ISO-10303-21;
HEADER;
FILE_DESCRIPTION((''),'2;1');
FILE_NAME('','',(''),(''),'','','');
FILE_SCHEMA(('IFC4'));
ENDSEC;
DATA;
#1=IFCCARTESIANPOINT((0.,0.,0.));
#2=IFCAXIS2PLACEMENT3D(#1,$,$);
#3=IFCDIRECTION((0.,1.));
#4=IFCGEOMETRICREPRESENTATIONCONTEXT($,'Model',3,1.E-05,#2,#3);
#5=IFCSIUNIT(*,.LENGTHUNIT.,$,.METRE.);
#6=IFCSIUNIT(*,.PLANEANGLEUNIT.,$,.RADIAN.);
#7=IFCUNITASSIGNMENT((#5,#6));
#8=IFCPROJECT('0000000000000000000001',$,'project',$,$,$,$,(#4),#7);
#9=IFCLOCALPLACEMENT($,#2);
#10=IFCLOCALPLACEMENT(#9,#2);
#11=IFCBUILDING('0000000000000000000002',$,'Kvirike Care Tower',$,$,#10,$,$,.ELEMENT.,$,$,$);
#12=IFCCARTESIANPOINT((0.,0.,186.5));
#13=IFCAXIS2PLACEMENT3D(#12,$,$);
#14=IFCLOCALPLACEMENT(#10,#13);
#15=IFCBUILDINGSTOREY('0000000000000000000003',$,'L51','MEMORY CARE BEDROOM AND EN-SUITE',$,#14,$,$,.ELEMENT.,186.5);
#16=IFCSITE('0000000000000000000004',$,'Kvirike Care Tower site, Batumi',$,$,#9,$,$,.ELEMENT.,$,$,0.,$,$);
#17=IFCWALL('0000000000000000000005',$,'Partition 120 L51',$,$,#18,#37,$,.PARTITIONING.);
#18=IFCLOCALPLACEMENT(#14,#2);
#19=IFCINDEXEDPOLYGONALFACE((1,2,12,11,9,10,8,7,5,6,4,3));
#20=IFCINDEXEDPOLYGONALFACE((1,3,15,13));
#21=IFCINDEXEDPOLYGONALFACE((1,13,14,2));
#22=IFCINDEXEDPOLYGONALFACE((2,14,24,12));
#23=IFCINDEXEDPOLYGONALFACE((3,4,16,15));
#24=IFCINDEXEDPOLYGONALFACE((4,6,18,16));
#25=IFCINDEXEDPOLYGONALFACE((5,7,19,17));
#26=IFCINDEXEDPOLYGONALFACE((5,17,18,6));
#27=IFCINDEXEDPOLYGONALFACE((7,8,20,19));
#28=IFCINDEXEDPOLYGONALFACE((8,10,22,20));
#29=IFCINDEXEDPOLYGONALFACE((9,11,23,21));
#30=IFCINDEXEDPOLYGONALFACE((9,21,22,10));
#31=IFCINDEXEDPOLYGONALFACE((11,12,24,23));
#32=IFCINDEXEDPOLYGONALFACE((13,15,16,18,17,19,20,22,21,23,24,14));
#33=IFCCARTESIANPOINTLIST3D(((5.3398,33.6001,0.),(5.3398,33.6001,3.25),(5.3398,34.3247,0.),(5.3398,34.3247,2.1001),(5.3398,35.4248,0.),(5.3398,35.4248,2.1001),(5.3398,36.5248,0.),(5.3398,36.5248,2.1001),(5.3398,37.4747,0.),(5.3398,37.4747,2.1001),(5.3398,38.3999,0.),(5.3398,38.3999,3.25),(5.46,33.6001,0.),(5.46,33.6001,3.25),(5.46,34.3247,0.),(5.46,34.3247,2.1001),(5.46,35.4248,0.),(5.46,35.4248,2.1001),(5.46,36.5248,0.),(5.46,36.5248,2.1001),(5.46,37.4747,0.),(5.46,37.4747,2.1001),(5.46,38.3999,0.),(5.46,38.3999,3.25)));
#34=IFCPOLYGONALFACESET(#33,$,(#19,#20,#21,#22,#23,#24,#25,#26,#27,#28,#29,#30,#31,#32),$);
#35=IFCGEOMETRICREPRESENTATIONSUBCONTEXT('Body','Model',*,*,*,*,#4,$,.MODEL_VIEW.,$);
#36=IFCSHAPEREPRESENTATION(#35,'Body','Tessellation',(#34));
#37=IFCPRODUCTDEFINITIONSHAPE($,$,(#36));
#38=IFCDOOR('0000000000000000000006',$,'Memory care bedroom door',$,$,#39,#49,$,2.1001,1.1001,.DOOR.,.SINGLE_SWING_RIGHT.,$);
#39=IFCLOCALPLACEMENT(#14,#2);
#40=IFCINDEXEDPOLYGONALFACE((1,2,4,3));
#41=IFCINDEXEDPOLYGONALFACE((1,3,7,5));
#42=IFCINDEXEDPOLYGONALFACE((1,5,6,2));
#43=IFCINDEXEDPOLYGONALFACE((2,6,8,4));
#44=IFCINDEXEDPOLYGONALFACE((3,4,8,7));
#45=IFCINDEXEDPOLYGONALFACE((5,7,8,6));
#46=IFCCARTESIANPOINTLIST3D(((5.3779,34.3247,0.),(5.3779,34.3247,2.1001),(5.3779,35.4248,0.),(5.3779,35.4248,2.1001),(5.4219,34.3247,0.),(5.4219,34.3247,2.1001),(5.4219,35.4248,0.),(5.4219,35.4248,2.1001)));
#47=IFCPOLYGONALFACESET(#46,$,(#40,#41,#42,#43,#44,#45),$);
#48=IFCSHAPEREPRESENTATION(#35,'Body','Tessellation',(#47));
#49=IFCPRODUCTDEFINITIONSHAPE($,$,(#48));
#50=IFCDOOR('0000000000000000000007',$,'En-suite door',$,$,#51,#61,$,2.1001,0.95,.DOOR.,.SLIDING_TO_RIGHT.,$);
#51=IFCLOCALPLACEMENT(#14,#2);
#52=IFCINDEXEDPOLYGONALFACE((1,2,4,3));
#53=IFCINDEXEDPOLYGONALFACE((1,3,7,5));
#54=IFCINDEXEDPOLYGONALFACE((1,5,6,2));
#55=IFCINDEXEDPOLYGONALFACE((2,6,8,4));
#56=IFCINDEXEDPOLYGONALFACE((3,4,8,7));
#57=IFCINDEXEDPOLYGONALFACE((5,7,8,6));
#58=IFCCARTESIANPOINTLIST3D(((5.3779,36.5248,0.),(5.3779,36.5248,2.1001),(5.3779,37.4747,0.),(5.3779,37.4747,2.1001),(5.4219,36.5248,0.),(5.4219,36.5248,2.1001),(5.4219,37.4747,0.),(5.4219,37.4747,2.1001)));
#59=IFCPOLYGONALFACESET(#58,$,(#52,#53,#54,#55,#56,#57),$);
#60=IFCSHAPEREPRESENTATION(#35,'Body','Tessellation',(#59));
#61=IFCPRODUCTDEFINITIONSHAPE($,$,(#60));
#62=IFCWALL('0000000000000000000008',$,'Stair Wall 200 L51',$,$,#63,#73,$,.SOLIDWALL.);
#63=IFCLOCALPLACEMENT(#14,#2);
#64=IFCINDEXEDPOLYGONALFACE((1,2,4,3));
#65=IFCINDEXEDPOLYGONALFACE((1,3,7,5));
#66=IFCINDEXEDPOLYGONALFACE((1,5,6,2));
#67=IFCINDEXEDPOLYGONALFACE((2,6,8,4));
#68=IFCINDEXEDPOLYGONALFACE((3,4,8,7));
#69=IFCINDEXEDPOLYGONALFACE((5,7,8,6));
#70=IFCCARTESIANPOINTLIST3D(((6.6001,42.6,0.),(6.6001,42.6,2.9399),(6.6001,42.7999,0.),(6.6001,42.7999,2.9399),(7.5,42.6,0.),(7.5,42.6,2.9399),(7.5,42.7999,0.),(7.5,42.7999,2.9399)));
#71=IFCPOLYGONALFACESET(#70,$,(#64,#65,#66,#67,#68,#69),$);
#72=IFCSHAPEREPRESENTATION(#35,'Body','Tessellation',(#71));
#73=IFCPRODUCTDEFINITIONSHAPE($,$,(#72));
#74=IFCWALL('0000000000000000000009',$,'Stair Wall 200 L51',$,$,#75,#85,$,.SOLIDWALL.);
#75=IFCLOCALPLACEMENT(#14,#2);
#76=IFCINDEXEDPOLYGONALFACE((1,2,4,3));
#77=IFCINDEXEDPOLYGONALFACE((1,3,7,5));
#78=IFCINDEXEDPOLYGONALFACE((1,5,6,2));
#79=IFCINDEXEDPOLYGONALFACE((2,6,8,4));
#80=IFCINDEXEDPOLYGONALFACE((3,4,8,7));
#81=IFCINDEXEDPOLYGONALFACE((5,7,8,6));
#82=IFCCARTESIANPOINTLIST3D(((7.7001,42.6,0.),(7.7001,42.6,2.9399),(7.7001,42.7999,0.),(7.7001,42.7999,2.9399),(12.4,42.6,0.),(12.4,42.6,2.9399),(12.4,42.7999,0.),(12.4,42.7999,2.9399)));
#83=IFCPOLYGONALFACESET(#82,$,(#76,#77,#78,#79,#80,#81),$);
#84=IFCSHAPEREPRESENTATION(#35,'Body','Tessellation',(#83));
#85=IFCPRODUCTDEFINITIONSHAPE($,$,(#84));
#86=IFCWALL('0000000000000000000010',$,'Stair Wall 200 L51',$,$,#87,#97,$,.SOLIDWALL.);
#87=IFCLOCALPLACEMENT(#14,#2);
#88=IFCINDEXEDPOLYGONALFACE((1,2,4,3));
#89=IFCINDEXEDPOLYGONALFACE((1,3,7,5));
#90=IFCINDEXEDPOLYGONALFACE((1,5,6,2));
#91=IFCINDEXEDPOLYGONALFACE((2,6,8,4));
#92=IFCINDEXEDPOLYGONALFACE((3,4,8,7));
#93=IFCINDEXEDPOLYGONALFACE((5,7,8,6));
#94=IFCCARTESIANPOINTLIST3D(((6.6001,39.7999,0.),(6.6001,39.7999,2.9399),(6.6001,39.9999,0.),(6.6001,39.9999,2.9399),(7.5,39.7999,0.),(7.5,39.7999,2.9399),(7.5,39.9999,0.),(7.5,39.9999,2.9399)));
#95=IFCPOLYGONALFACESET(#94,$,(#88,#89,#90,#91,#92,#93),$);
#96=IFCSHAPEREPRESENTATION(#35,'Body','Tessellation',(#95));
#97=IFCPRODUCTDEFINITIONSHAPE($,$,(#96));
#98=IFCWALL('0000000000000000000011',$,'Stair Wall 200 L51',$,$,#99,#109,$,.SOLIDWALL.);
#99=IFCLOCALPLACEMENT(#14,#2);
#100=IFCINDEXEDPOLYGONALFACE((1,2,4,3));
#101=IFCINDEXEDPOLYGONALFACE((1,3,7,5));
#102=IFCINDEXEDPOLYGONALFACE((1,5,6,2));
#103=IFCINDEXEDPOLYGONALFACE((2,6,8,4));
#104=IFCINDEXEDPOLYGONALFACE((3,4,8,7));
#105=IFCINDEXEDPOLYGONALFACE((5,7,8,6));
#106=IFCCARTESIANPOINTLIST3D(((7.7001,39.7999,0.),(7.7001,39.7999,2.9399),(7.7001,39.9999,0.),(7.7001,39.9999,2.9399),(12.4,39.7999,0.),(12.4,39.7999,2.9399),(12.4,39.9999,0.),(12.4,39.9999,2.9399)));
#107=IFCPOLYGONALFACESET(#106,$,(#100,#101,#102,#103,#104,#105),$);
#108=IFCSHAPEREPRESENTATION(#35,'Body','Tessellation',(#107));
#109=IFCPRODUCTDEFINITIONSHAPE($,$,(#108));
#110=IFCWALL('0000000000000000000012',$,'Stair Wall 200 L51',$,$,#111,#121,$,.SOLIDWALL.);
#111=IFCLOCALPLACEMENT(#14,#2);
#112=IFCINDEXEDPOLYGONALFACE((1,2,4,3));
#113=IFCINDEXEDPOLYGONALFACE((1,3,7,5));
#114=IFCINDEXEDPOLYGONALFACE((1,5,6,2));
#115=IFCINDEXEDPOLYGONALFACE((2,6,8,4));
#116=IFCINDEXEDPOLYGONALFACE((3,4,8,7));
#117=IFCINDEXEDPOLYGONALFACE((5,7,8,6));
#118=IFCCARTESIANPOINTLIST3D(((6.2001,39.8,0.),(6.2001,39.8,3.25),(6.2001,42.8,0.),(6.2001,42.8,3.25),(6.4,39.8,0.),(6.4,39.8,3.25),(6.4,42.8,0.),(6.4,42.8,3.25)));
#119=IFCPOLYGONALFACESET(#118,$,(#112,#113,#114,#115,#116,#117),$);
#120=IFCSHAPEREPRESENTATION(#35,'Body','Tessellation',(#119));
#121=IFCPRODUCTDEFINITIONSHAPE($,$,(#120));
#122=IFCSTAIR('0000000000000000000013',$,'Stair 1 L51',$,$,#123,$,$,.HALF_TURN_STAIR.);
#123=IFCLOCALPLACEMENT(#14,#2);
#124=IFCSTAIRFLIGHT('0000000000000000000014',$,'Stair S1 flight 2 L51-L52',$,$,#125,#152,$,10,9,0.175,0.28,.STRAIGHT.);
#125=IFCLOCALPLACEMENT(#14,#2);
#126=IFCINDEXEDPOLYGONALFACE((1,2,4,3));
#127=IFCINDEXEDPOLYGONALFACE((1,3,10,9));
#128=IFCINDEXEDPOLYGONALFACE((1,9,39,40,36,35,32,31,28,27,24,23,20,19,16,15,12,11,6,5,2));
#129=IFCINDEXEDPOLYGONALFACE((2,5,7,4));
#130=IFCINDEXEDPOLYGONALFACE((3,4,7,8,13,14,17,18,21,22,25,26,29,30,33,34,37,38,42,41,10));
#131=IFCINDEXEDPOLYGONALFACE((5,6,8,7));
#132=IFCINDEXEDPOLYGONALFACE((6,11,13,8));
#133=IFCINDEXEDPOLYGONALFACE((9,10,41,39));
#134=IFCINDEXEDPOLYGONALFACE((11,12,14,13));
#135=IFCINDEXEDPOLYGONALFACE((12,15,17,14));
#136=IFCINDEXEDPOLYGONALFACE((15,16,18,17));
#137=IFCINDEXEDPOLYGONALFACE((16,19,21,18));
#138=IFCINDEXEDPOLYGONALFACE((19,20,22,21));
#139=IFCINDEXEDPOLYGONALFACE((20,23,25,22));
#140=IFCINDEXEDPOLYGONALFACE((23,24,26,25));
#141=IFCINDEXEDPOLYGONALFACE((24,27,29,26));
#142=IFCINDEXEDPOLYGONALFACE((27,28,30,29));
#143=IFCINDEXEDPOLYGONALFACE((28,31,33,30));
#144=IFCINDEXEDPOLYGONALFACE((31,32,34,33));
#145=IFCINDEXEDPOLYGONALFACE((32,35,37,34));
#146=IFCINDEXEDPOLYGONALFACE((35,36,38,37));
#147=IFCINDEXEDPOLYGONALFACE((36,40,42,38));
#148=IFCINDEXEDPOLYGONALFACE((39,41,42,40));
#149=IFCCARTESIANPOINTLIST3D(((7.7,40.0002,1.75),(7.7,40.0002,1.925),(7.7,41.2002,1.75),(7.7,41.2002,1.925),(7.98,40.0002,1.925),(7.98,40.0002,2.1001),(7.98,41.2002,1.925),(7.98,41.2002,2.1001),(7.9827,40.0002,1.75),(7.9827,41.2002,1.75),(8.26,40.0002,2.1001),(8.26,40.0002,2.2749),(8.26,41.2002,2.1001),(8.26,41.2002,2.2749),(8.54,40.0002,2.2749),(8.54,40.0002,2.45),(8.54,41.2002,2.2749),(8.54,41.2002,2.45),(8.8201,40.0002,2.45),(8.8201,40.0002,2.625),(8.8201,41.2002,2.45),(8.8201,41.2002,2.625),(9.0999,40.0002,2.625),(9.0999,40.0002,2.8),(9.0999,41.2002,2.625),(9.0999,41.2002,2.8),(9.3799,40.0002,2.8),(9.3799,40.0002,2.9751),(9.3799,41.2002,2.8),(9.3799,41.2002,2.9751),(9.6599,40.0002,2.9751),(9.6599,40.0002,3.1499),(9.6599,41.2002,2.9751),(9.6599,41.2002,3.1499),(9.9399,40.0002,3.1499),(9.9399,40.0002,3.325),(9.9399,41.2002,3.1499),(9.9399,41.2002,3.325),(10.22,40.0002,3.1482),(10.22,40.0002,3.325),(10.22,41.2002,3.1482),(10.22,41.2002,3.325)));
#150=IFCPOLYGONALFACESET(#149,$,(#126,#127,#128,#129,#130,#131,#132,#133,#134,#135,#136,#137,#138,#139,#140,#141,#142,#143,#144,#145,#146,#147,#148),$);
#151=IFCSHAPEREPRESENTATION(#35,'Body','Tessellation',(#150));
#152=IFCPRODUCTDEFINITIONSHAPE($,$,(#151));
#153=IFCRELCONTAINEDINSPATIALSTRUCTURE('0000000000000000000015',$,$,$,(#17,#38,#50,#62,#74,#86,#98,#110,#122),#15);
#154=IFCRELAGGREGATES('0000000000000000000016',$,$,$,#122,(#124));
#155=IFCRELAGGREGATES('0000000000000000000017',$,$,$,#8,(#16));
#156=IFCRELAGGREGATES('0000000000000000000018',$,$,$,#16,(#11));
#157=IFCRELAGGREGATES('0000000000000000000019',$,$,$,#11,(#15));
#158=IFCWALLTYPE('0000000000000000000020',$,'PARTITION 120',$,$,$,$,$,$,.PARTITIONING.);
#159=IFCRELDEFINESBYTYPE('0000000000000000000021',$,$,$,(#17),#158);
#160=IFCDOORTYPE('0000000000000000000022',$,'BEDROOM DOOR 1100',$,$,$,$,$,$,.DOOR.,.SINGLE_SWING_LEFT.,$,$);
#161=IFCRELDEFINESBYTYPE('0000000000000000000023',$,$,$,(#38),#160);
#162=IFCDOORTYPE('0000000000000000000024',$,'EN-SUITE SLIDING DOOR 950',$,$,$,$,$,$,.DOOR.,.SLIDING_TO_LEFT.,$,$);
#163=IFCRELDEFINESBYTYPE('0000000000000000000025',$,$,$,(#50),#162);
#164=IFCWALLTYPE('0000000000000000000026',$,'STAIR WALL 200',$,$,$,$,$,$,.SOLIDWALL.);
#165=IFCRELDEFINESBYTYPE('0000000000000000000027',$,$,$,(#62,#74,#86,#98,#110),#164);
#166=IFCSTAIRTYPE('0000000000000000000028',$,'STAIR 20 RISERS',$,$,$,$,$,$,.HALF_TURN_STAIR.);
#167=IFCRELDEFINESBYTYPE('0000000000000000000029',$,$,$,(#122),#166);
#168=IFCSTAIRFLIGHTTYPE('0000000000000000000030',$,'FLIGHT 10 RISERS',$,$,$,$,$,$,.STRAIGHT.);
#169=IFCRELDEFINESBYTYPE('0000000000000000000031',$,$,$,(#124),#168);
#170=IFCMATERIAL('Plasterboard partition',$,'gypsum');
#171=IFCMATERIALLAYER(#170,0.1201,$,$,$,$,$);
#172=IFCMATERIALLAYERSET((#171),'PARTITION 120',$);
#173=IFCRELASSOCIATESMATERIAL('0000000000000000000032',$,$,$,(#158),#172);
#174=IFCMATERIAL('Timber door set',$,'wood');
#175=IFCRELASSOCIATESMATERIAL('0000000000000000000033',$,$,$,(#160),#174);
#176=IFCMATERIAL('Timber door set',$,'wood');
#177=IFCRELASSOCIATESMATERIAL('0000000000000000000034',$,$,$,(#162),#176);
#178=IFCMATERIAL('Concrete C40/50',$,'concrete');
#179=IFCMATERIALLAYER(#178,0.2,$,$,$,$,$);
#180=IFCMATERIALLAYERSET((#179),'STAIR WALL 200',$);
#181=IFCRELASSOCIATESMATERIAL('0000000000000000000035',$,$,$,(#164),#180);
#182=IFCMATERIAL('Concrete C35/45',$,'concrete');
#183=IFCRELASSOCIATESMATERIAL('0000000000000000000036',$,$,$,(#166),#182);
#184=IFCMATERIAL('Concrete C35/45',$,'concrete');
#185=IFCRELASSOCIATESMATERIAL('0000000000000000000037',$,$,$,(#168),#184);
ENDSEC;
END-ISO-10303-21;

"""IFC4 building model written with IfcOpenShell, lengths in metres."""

from ifc_helpers import new_model, si_unit, direction, frame, frame_2d, origin, place, context, subcontext, project, spatial, polyline, rectangle, outline, extrude, material, layer, layer_set, type_object, element, fill, aggregate, save


model = new_model("IFC4")

# Units and contexts
model_context = context("Model", 3, precision=1e-05, world=origin(), true_north=direction((0.0, 1.0)))
body_context = subcontext(model_context, "Body", "Model", "MODEL_VIEW")
ifc_project = project(units=[si_unit("LENGTHUNIT", "METRE"), si_unit("PLANEANGLEUNIT", "RADIAN")], contexts=[model_context])

# Site, building, storey
site_placement = place(None, origin())
site = spatial("IfcSite", under=ifc_project, at=site_placement, Name="Kvirike Care Tower site, Batumi", CompositionType="ELEMENT", RefElevation=0.0)
building_placement = place(site_placement, origin())
building = spatial("IfcBuilding", under=site, at=building_placement, Name="Kvirike Care Tower", CompositionType="ELEMENT")
storey_placement = place(building_placement, frame((0.0, 0.0, 186.5)))
storey = spatial("IfcBuildingStorey", under=building, at=storey_placement, Name="L51", Description="MEMORY CARE BEDROOM AND EN-SUITE", CompositionType="ELEMENT", Elevation=186.5)

# Wall, openings, doors
ifc_material_1 = material(Name="Plasterboard partition", Category="gypsum")
ifc_layer_1 = layer(ifc_material_1, 0.1201)
ifc_layer_set_1 = layer_set([ifc_layer_1], Name="PARTITION 120")
wall_type_1 = type_object("IfcWallType", Name="PARTITION 120", PredefinedType="PARTITIONING", material=ifc_layer_set_1)
wall_1_placement = place(storey_placement, frame((5.3999, 38.3999, 0.0), z_axis=(0.0, 0.0, 1.0), x_axis=(0.0, -1.0, 0.0)))
wall_1 = element("IfcWall", 1, at=wall_1_placement, inside=storey, type_object=wall_type_1, Name="Partition 120 L51", PredefinedType="PARTITIONING", context=body_context, shape_type="SweptSolid", body=[
    extrude(rectangle(XDim=4.7998, YDim=0.1201, at=frame_2d((2.3999, 0.0))), origin(), (0.0, 0.0, 1.0), 3.25),
])
opening_1_placement = place(wall_1_placement, frame((2.9751, 0.0, 0.0)))
opening_1 = element("IfcOpeningElement", 2, at=opening_1_placement, cuts=wall_1, PredefinedType="OPENING", context=body_context, shape_type="SweptSolid", body=[
    extrude(rectangle(XDim=1.1001, YDim=2.1001, at=frame_2d((0.55, 1.05))), frame((0.0, 0.0706, 0.0), z_axis=(0.0, -1.0, 0.0), x_axis=(1.0, 0.0, 0.0)), (0.0, 0.0, 1.0), 0.1411),
])
opening_2_placement = place(wall_1_placement, frame((0.925, 0.0, 0.0)))
opening_2 = element("IfcOpeningElement", 3, at=opening_2_placement, cuts=wall_1, PredefinedType="OPENING", context=body_context, shape_type="SweptSolid", body=[
    extrude(rectangle(XDim=0.95, YDim=2.1001, at=frame_2d((0.4751, 1.05))), frame((0.0, 0.0706, 0.0), z_axis=(0.0, -1.0, 0.0), x_axis=(1.0, 0.0, 0.0)), (0.0, 0.0, 1.0), 0.1411),
])
ifc_material_2 = material(Name="Timber door set", Category="wood")
door_type_1 = type_object("IfcDoorType", Name="BEDROOM DOOR 1100", OperationType="SINGLE_SWING_LEFT", PredefinedType="DOOR", material=ifc_material_2)
door_1_placement = place(opening_1_placement, origin())
door_1 = element("IfcDoor", 4, at=door_1_placement, inside=storey, type_object=door_type_1, Name="Memory care bedroom door", OperationType="SINGLE_SWING_RIGHT", OverallHeight=2.1001, OverallWidth=1.1001, PredefinedType="DOOR", context=body_context, shape_type="SweptSolid", body=[
    extrude(rectangle(XDim=1.1001, YDim=2.1001, at=frame_2d((0.55, 1.05))), frame((0.0, 0.022, 0.0), z_axis=(0.0, -1.0, 0.0), x_axis=(1.0, 0.0, 0.0)), (0.0, 0.0, 1.0), 0.0439),
])
fill(opening_1, door_1)
ifc_material_3 = material(Name="Timber door set", Category="wood")
door_type_2 = type_object("IfcDoorType", Name="EN-SUITE SLIDING DOOR 950", OperationType="SLIDING_TO_LEFT", PredefinedType="DOOR", material=ifc_material_3)
door_2_placement = place(opening_2_placement, origin())
door_2 = element("IfcDoor", 5, at=door_2_placement, inside=storey, type_object=door_type_2, Name="En-suite door", OperationType="SLIDING_TO_RIGHT", OverallHeight=2.1001, OverallWidth=0.95, PredefinedType="DOOR", context=body_context, shape_type="SweptSolid", body=[
    extrude(rectangle(XDim=0.95, YDim=2.1001, at=frame_2d((0.4751, 1.05))), frame((0.0, 0.022, 0.0), z_axis=(0.0, -1.0, 0.0), x_axis=(1.0, 0.0, 0.0)), (0.0, 0.0, 1.0), 0.0439),
])
fill(opening_2, door_2)

# Walls
ifc_material_4 = material(Name="Concrete C40/50", Category="concrete")
ifc_layer_2 = layer(ifc_material_4, 0.2)
ifc_layer_set_2 = layer_set([ifc_layer_2], Name="STAIR WALL 200")
wall_type_2 = type_object("IfcWallType", Name="STAIR WALL 200", PredefinedType="SOLIDWALL", material=ifc_layer_set_2)
wall_2_placement = place(storey_placement, frame((6.6001, 42.7, 0.0), z_axis=(0.0, 0.0, 1.0), x_axis=(1.0, 0.0, 0.0)))
element("IfcWall", 6, at=wall_2_placement, inside=storey, type_object=wall_type_2, Name="Stair Wall 200 L51", PredefinedType="SOLIDWALL", context=body_context, shape_type="SweptSolid", body=[
    extrude(rectangle(XDim=0.8999, YDim=0.2, at=frame_2d((0.45, 0.0))), origin(), (0.0, 0.0, 1.0), 2.9399),
])
wall_3_placement = place(storey_placement, frame((7.7, 42.7, 0.0), z_axis=(0.0, 0.0, 1.0), x_axis=(1.0, 0.0, 0.0)))
element("IfcWall", 7, at=wall_3_placement, inside=storey, type_object=wall_type_2, Name="Stair Wall 200 L51", PredefinedType="SOLIDWALL", context=body_context, shape_type="SweptSolid", body=[
    extrude(rectangle(XDim=4.7, YDim=0.2, at=frame_2d((2.3501, 0.0))), origin(), (0.0, 0.0, 1.0), 2.9399),
])
wall_4_placement = place(storey_placement, frame((6.6001, 39.8999, 0.0), z_axis=(0.0, 0.0, 1.0), x_axis=(1.0, 0.0, 0.0)))
element("IfcWall", 8, at=wall_4_placement, inside=storey, type_object=wall_type_2, Name="Stair Wall 200 L51", PredefinedType="SOLIDWALL", context=body_context, shape_type="SweptSolid", body=[
    extrude(rectangle(XDim=0.8999, YDim=0.2, at=frame_2d((0.45, 0.0))), origin(), (0.0, 0.0, 1.0), 2.9399),
])
wall_5_placement = place(storey_placement, frame((7.7, 39.8999, 0.0), z_axis=(0.0, 0.0, 1.0), x_axis=(1.0, 0.0, 0.0)))
element("IfcWall", 9, at=wall_5_placement, inside=storey, type_object=wall_type_2, Name="Stair Wall 200 L51", PredefinedType="SOLIDWALL", context=body_context, shape_type="SweptSolid", body=[
    extrude(rectangle(XDim=4.7, YDim=0.2, at=frame_2d((2.3501, 0.0))), origin(), (0.0, 0.0, 1.0), 2.9399),
])
wall_6_placement = place(storey_placement, frame((6.3, 42.8, 0.0), z_axis=(0.0, 0.0, 1.0), x_axis=(0.0, -1.0, 0.0)))
element("IfcWall", 10, at=wall_6_placement, inside=storey, type_object=wall_type_2, Name="Stair Wall 200 L51", PredefinedType="SOLIDWALL", context=body_context, shape_type="SweptSolid", body=[
    extrude(rectangle(XDim=3.0, YDim=0.2, at=frame_2d((1.5, 0.0))), origin(), (0.0, 0.0, 1.0), 3.25),
])

# Stair, stair flight
ifc_material_5 = material(Name="Concrete C35/45", Category="concrete")
stair_type = type_object("IfcStairType", Name="STAIR 20 RISERS", PredefinedType="HALF_TURN_STAIR", material=ifc_material_5)
stair_placement = place(storey_placement, origin())
stair = element("IfcStair", 11, at=stair_placement, inside=storey, type_object=stair_type, Name="Stair 1 L51", PredefinedType="HALF_TURN_STAIR")
ifc_material_6 = material(Name="Concrete C35/45", Category="concrete")
stair_flight_type = type_object("IfcStairFlightType", Name="FLIGHT 10 RISERS", PredefinedType="STRAIGHT", material=ifc_material_6)
stair_flight_placement = place(storey_placement, frame((7.7, 40.6001, 1.75), z_axis=(0.0, 0.0, 1.0), x_axis=(1.0, 0.0, 0.0)))
stair_flight = element("IfcStairFlight", 12, at=stair_flight_placement, type_object=stair_flight_type, Name="Stair S1 flight 2 L51-L52", NumberOfRisers=10, NumberOfTreads=9, PredefinedType="STRAIGHT", RiserHeight=0.175, TreadLength=0.28, context=body_context, shape_type="SweptSolid", body=[
    extrude(outline(polyline([(0.0, 0.0), (0.0, 0.175), (0.28, 0.175), (0.28, 0.3501), (0.5601, 0.3501), (0.5601, 0.5249), (0.8401, 0.5249), (0.8401, 0.7), (1.1201, 0.7), (1.1201, 0.875), (1.3999, 0.875), (1.3999, 1.05), (1.6799, 1.05), (1.6799, 1.2251), (1.96, 1.2251), (1.96, 1.3999), (2.24, 1.3999), (2.24, 1.575), (2.52, 1.575), (2.52, 1.75), (2.52, 1.3982), (0.2827, 0.0), (0.0, 0.0)])), frame((0.0, 0.6001, 0.0), z_axis=(0.0, -1.0, 0.0), x_axis=(1.0, 0.0, 0.0)), (0.0, 0.0, 1.0), 1.2),
])
aggregate(stair, [stair_flight])

save(model, "model.ifc")
